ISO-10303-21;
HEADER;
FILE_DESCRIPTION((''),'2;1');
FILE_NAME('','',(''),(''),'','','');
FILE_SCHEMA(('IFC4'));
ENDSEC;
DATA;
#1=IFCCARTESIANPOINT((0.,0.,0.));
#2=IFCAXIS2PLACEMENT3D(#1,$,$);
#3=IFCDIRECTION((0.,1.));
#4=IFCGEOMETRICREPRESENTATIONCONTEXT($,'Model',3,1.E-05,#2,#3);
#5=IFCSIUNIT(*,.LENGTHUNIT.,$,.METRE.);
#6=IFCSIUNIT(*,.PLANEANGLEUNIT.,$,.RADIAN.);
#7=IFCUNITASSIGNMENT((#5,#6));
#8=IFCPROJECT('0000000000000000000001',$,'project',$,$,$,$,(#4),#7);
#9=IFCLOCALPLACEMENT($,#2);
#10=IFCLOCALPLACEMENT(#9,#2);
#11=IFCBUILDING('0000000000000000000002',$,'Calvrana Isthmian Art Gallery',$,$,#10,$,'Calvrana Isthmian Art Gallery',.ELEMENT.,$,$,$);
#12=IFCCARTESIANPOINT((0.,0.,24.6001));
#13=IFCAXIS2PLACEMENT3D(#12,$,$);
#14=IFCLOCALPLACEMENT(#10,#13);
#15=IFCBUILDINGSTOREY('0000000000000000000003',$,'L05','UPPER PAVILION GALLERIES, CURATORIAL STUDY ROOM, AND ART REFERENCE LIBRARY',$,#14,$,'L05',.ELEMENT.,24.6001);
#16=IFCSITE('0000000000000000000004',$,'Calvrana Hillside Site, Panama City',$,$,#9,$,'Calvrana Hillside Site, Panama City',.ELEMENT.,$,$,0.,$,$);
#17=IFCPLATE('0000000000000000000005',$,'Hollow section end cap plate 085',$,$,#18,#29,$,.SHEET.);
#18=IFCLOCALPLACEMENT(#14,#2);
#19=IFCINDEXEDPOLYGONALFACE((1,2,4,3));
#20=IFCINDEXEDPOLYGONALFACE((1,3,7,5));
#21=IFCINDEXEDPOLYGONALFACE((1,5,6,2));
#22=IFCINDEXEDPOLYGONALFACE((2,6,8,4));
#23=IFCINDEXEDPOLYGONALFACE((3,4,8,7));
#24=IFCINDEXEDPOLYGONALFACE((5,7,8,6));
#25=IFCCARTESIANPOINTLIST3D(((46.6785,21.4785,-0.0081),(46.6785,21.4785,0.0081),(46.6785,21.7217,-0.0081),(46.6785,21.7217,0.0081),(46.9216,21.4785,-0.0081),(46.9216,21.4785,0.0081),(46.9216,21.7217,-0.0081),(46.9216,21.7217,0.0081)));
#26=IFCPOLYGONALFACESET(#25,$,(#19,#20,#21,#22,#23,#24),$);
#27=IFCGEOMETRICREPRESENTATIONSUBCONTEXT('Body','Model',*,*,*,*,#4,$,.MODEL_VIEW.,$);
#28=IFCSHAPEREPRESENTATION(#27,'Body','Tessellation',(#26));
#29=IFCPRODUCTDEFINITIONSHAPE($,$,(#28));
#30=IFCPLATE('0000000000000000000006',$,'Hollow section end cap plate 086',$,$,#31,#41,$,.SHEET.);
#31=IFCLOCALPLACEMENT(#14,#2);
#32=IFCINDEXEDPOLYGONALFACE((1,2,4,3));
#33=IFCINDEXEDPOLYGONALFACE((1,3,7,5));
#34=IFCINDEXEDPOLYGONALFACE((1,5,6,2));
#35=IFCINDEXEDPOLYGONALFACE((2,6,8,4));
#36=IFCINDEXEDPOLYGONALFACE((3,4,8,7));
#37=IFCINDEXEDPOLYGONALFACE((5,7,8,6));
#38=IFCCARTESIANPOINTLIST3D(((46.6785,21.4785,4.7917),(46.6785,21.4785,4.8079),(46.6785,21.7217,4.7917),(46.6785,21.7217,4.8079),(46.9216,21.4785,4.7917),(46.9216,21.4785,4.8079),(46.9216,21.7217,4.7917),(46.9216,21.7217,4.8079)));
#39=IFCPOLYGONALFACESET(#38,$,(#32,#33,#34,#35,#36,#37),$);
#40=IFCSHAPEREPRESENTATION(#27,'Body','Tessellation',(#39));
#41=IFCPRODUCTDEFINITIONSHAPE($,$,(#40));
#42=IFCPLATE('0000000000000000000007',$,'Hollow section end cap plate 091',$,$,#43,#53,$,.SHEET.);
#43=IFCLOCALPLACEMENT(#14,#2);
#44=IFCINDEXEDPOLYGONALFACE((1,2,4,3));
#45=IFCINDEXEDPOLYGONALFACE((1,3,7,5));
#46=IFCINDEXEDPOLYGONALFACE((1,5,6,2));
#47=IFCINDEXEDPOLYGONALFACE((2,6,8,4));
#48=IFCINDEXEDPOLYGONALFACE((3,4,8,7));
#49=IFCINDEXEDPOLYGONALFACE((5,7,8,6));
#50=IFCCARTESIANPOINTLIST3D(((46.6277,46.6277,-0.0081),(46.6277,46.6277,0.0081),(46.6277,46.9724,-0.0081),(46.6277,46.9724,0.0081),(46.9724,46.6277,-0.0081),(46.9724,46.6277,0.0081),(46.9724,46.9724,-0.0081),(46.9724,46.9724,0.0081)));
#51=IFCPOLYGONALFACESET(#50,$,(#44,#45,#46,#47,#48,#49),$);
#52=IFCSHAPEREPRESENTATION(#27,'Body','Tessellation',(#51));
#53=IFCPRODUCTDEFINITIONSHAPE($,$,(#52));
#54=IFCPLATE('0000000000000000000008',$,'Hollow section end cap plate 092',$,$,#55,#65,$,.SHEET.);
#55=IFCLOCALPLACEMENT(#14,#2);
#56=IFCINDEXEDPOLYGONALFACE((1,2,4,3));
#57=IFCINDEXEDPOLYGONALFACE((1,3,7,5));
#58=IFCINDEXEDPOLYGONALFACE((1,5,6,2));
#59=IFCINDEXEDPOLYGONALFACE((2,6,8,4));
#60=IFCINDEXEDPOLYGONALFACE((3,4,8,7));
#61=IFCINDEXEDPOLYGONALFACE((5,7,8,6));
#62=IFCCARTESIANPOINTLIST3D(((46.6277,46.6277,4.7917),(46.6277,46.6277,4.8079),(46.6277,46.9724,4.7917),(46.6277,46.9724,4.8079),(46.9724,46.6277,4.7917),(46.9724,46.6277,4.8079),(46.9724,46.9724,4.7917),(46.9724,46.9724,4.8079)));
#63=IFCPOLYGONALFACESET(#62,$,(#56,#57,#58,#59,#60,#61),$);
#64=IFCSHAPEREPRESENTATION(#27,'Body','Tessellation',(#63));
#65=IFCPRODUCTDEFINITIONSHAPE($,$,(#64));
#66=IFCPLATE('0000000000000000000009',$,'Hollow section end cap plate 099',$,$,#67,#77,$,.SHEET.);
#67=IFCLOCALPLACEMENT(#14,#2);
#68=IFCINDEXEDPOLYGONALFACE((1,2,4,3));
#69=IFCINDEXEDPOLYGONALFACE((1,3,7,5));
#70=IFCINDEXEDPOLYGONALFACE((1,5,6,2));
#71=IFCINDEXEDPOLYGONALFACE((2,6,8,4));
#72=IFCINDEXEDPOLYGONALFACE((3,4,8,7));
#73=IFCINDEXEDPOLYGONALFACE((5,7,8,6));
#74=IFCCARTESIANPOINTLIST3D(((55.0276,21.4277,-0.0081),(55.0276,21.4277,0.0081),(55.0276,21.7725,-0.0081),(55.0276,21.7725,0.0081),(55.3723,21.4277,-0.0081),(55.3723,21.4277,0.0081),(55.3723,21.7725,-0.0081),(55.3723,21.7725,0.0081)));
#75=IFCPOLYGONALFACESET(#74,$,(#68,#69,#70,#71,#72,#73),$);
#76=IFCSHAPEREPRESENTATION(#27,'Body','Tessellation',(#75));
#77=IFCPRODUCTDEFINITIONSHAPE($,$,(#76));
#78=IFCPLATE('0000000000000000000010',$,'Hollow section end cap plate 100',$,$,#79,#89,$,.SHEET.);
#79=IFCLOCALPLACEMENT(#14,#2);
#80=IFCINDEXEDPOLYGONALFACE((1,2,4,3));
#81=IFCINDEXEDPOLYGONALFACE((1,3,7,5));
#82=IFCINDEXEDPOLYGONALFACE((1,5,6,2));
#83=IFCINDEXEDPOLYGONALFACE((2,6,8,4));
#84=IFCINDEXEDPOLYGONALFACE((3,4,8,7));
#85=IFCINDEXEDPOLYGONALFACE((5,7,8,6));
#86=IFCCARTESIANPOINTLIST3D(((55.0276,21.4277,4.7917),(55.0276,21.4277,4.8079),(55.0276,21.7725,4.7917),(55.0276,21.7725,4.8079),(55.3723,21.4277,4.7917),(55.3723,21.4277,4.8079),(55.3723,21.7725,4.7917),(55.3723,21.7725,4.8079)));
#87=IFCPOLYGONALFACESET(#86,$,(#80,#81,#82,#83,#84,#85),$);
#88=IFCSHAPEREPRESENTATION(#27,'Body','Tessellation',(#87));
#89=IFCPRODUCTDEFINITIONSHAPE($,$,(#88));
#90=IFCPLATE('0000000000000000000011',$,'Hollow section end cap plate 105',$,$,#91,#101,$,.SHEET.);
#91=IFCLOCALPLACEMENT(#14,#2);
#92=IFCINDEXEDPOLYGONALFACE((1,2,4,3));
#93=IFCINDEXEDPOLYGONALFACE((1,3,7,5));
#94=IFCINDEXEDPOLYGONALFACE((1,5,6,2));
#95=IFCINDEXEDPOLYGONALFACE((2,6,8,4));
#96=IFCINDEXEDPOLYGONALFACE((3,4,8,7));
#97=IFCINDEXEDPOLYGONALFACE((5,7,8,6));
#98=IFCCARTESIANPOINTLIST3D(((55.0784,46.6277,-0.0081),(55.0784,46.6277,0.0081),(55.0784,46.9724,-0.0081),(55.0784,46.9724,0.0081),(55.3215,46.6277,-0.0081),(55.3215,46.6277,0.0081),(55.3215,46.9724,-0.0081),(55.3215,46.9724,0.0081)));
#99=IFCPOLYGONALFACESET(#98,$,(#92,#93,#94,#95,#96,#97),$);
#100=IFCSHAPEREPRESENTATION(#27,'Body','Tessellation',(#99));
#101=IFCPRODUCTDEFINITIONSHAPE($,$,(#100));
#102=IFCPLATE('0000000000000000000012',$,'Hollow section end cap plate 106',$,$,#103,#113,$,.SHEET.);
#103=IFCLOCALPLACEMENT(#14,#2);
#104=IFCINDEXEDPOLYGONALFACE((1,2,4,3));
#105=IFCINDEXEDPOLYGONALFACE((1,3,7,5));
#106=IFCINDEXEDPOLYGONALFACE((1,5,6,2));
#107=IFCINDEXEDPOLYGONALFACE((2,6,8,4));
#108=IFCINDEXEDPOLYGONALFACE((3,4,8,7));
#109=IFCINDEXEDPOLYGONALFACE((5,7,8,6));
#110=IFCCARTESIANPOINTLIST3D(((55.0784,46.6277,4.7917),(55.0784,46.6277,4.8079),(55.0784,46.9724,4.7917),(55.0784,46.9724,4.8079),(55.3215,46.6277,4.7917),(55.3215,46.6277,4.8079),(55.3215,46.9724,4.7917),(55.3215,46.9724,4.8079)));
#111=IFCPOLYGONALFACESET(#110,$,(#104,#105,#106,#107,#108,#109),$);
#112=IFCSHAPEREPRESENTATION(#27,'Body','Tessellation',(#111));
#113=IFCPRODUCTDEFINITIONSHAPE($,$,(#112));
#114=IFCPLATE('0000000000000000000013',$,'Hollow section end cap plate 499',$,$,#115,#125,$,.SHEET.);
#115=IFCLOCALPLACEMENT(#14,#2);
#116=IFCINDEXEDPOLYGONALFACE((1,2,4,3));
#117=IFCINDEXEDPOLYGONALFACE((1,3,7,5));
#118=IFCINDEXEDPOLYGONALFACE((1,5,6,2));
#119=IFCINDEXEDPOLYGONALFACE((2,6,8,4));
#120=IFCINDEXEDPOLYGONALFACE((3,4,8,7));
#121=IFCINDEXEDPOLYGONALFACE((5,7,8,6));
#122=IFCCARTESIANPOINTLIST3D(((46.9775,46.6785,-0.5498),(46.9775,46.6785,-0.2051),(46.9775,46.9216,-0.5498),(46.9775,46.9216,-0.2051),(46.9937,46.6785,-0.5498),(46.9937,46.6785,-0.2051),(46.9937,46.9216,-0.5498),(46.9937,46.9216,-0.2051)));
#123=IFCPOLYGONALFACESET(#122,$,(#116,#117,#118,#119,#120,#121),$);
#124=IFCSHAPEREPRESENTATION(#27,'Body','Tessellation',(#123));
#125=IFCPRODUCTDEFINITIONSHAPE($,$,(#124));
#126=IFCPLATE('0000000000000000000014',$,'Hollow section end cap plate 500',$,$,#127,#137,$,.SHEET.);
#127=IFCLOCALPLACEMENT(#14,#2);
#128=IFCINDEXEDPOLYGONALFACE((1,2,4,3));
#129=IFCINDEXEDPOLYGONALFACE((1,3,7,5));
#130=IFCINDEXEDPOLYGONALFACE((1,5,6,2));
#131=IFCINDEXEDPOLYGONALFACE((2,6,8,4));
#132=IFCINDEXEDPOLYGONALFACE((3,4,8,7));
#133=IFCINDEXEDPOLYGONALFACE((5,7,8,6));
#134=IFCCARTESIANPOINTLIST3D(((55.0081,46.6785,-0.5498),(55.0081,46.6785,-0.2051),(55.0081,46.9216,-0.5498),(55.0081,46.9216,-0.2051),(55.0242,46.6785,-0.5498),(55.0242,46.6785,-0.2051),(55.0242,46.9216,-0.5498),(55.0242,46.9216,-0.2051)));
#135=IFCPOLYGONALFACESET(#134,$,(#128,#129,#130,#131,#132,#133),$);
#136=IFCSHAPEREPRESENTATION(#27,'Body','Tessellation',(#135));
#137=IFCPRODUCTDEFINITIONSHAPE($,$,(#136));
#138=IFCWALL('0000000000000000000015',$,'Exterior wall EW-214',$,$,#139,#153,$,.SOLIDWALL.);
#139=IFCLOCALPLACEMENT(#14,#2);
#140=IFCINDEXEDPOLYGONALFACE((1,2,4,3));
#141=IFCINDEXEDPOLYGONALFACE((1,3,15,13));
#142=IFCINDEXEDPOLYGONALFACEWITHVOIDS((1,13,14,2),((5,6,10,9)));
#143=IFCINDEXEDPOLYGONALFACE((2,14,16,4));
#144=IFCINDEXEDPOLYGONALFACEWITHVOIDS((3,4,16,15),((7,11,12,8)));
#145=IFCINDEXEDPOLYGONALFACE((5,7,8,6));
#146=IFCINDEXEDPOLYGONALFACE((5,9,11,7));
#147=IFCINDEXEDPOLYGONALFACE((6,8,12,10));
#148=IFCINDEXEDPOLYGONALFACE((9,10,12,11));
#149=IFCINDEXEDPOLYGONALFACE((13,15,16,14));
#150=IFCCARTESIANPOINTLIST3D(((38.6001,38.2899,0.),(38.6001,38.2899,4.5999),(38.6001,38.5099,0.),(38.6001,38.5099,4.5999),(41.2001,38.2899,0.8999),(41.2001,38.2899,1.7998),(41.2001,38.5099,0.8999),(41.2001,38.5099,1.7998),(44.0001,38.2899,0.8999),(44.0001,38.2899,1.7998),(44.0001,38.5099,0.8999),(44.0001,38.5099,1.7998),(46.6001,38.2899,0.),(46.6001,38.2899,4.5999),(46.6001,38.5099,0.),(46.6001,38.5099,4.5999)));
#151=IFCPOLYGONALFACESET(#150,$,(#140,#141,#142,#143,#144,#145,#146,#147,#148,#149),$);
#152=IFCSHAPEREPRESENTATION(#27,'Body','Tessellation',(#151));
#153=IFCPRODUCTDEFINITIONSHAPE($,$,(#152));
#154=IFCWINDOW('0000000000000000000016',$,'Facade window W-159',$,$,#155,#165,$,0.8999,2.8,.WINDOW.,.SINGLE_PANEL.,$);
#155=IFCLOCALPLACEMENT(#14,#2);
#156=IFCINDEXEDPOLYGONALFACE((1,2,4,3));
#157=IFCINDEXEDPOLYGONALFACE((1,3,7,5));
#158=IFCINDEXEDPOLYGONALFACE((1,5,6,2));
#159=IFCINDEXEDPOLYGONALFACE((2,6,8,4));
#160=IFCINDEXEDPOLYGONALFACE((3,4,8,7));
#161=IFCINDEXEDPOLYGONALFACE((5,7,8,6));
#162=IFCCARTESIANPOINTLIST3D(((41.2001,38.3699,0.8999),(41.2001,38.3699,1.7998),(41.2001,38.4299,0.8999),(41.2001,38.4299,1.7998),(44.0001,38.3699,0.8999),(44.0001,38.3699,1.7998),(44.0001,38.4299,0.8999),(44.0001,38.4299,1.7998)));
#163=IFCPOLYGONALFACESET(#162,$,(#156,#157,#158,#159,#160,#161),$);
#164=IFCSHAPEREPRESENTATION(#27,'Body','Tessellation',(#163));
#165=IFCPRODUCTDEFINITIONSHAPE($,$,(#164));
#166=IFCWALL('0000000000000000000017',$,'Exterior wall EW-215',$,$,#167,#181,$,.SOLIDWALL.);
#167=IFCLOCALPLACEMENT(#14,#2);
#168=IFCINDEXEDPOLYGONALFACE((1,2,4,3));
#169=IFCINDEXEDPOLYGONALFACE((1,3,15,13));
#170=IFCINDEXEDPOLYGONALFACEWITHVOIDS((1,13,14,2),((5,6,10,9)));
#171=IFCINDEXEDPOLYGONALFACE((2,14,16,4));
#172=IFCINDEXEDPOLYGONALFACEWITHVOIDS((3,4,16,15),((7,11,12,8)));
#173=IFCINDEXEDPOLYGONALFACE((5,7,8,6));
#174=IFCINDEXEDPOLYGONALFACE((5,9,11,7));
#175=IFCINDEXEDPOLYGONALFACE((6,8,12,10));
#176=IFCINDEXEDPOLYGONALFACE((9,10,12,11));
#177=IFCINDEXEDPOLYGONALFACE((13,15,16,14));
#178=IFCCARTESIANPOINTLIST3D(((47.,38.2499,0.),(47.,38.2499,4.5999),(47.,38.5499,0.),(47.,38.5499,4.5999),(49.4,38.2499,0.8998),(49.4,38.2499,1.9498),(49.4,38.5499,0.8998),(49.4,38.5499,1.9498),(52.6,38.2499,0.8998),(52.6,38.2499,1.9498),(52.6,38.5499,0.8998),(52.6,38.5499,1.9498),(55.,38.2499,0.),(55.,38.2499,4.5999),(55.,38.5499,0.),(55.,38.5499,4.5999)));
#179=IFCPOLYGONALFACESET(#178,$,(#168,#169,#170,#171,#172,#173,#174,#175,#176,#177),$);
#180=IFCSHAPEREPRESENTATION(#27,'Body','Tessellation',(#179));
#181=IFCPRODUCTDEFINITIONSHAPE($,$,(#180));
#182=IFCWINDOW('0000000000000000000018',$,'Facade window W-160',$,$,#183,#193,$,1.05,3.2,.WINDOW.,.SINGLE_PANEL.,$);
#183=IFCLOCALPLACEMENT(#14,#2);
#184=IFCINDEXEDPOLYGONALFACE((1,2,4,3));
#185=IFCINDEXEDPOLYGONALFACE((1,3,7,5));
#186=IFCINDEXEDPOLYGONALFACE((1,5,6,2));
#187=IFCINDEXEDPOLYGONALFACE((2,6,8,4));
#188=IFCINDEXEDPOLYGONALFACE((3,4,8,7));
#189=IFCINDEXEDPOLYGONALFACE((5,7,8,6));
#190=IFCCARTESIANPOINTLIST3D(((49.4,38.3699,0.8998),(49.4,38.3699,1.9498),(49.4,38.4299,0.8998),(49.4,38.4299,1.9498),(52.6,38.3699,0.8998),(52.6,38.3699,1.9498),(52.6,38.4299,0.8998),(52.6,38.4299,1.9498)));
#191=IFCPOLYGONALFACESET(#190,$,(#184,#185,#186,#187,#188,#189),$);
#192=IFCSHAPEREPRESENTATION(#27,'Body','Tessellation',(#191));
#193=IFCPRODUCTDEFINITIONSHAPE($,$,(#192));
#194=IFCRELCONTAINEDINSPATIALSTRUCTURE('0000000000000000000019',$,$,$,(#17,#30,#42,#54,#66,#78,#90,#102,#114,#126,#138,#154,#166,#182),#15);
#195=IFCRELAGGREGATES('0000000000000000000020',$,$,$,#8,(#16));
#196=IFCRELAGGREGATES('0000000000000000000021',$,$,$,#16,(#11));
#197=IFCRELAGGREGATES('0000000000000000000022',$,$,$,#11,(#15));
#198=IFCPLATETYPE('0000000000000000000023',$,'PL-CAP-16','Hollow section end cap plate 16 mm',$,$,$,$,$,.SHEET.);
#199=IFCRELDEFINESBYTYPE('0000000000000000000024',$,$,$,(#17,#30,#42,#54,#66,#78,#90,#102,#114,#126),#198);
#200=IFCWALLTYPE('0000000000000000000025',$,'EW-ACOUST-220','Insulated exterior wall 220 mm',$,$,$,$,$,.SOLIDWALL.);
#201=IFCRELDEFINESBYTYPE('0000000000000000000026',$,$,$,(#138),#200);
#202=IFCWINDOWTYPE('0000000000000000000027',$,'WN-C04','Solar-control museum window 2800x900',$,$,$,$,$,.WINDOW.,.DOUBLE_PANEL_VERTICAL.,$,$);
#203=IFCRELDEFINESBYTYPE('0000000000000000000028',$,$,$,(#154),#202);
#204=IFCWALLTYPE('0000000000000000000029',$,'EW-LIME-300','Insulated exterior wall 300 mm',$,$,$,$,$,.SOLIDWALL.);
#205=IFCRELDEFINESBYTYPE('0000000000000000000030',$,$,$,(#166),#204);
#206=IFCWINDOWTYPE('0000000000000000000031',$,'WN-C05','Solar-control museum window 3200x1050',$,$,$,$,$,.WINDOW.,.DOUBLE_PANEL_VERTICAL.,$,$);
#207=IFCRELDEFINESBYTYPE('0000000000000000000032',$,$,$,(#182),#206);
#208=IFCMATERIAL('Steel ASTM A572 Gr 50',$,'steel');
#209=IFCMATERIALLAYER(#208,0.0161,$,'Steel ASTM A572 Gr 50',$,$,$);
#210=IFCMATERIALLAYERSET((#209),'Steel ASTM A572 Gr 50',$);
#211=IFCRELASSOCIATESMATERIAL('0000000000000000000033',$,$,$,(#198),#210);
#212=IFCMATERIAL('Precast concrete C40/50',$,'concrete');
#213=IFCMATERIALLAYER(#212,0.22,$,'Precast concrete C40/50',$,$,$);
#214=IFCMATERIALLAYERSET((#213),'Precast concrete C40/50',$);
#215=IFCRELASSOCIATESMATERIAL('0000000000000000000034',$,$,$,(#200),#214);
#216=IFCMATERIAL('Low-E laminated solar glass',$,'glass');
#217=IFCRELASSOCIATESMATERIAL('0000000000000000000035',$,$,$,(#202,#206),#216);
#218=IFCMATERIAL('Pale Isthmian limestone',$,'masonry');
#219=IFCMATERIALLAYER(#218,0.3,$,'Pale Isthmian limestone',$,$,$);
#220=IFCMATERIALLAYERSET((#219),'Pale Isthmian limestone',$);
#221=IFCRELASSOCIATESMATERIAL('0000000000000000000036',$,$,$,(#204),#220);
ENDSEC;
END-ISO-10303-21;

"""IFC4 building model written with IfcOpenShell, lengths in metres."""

from ifc_helpers import new_model, si_unit, direction, frame, frame_2d, origin, origin_2d, place, context, subcontext, project, spatial, rectangle, extrude, material, layer, layer_set, type_object, element, fill, save


model = new_model("IFC4")

# Units and contexts
model_context = context("Model", 3, precision=1e-05, world=origin(), true_north=direction((0.0, 1.0)))
body_context = subcontext(model_context, "Body", "Model", "MODEL_VIEW")
ifc_project = project(units=[si_unit("LENGTHUNIT", "METRE"), si_unit("PLANEANGLEUNIT", "RADIAN")], contexts=[model_context])

# Site, building, storey
site_placement = place(None, origin())
site = spatial("IfcSite", under=ifc_project, at=site_placement, Name="Calvrana Hillside Site, Panama City", LongName="Calvrana Hillside Site, Panama City", CompositionType="ELEMENT", RefElevation=0.0)
building_placement = place(site_placement, origin())
building = spatial("IfcBuilding", under=site, at=building_placement, Name="Calvrana Isthmian Art Gallery", LongName="Calvrana Isthmian Art Gallery", CompositionType="ELEMENT")
storey_placement = place(building_placement, frame((0.0, 0.0, 24.6001)))
storey = spatial("IfcBuildingStorey", under=building, at=storey_placement, Name="L05", Description="UPPER PAVILION GALLERIES, CURATORIAL STUDY ROOM, AND ART REFERENCE LIBRARY", LongName="L05", CompositionType="ELEMENT", Elevation=24.6001)

# Plates
ifc_material_1 = material(Name="Steel ASTM A572 Gr 50", Category="steel")
ifc_layer_1 = layer(ifc_material_1, 0.0161, Name="Steel ASTM A572 Gr 50")
ifc_layer_set_1 = layer_set([ifc_layer_1], Name="Steel ASTM A572 Gr 50")
plate_type = type_object("IfcPlateType", Name="PL-CAP-16", Description="Hollow section end cap plate 16 mm", PredefinedType="SHEET", material=ifc_layer_set_1)
for number, where, z_axis, x_axis, name in (
    (1, (46.8, 21.6001, -0.0081), (0.0, 0.0, 1.0), (1.0, 0.0, 0.0), "Hollow section end cap plate 085"),
    (2, (46.8, 21.6001, 4.7917), (0.0, 0.0, 1.0), (1.0, 0.0, 0.0), "Hollow section end cap plate 086"),
):
    element("IfcPlate", number, at=place(storey_placement, frame(where, z_axis=z_axis, x_axis=x_axis)), inside=storey, type_object=plate_type, Name=name, PredefinedType="SHEET", context=body_context, shape_type="SweptSolid", body=[
        extrude(rectangle(XDim=0.2432, YDim=0.2432, at=origin_2d()), origin(), (0.0, 0.0, 1.0), 0.0161),
    ])
for number, where, z_axis, x_axis, name in (
    (3, (46.8, 46.8, -0.0081), (0.0, 0.0, 1.0), (1.0, 0.0, 0.0), "Hollow section end cap plate 091"),
    (4, (46.8, 46.8, 4.7917), (0.0, 0.0, 1.0), (1.0, 0.0, 0.0), "Hollow section end cap plate 092"),
    (5, (55.2, 21.6001, -0.0081), (0.0, 0.0, 1.0), (1.0, 0.0, 0.0), "Hollow section end cap plate 099"),
    (6, (55.2, 21.6001, 4.7917), (0.0, 0.0, 1.0), (1.0, 0.0, 0.0), "Hollow section end cap plate 100"),
):
    element("IfcPlate", number, at=place(storey_placement, frame(where, z_axis=z_axis, x_axis=x_axis)), inside=storey, type_object=plate_type, Name=name, PredefinedType="SHEET", context=body_context, shape_type="SweptSolid", body=[
        extrude(rectangle(XDim=0.3447, YDim=0.3447, at=origin_2d()), origin(), (0.0, 0.0, 1.0), 0.0161),
    ])
for number, where, z_axis, x_axis, name in (
    (7, (55.2, 46.8, -0.0081), (0.0, 0.0, 1.0), (1.0, 0.0, 0.0), "Hollow section end cap plate 105"),
    (8, (55.2, 46.8, 4.7917), (0.0, 0.0, 1.0), (1.0, 0.0, 0.0), "Hollow section end cap plate 106"),
):
    element("IfcPlate", number, at=place(storey_placement, frame(where, z_axis=z_axis, x_axis=x_axis)), inside=storey, type_object=plate_type, Name=name, PredefinedType="SHEET", context=body_context, shape_type="SweptSolid", body=[
        extrude(rectangle(XDim=0.2432, YDim=0.3447, at=origin_2d()), origin(), (0.0, 0.0, 1.0), 0.0161),
    ])
for number, where, z_axis, x_axis, name in (
    (9, (46.9856, 46.8, -0.5498), (0.0, 0.0, 1.0), (1.0, 0.0, 0.0), "Hollow section end cap plate 499"),
    (10, (55.0161, 46.8, -0.5498), (0.0, 0.0, 1.0), (1.0, 0.0, 0.0), "Hollow section end cap plate 500"),
):
    element("IfcPlate", number, at=place(storey_placement, frame(where, z_axis=z_axis, x_axis=x_axis)), inside=storey, type_object=plate_type, Name=name, PredefinedType="SHEET", context=body_context, shape_type="SweptSolid", body=[
        extrude(rectangle(XDim=0.0161, YDim=0.2432, at=origin_2d()), origin(), (0.0, 0.0, 1.0), 0.3447),
    ])

# Walls, openings, windows
ifc_material_2 = material(Name="Precast concrete C40/50", Category="concrete")
ifc_layer_2 = layer(ifc_material_2, 0.22, Name="Precast concrete C40/50")
ifc_layer_set_2 = layer_set([ifc_layer_2], Name="Precast concrete C40/50")
wall_type_1 = type_object("IfcWallType", Name="EW-ACOUST-220", Description="Insulated exterior wall 220 mm", PredefinedType="SOLIDWALL", material=ifc_layer_set_2)
wall_1_placement = place(storey_placement, frame((46.6001, 38.3999, 0.0), z_axis=(0.0, 0.0, 1.0), x_axis=(-1.0, 0.0, 0.0)))
wall_1 = element("IfcWall", 11, at=wall_1_placement, inside=storey, type_object=wall_type_1, Name="Exterior wall EW-214", PredefinedType="SOLIDWALL", context=body_context, shape_type="SweptSolid", body=[
    extrude(rectangle(XDim=8.0, YDim=0.22, at=frame_2d((4.0, 0.0))), origin(), (0.0, 0.0, 1.0), 4.5999),
])
opening_1_placement = place(wall_1_placement, frame((2.6001, 0.0, 0.8999)))
opening_1 = element("IfcOpeningElement", 12, at=opening_1_placement, cuts=wall_1, PredefinedType="OPENING", context=body_context, shape_type="SweptSolid", body=[
    extrude(rectangle(XDim=2.8, YDim=0.8999, at=frame_2d((1.3999, 0.45))), frame((0.0, 0.1201, 0.0), z_axis=(0.0, -1.0, 0.0), x_axis=(1.0, 0.0, 0.0)), (0.0, 0.0, 1.0), 0.2405),
])
ifc_material_3 = material(Name="Low-E laminated solar glass", Category="glass")
window_type_1 = type_object("IfcWindowType", Name="WN-C04", Description="Solar-control museum window 2800x900", PartitioningType="DOUBLE_PANEL_VERTICAL", PredefinedType="WINDOW", material=ifc_material_3)
window_1_placement = place(opening_1_placement, origin())
window_1 = element("IfcWindow", 13, at=window_1_placement, inside=storey, type_object=window_type_1, Name="Facade window W-159", OverallHeight=0.8999, OverallWidth=2.8, PartitioningType="SINGLE_PANEL", PredefinedType="WINDOW", context=body_context, shape_type="SweptSolid", body=[
    extrude(rectangle(XDim=2.8, YDim=0.8999, at=frame_2d((1.3999, 0.45))), frame((0.0, 0.03, 0.0), z_axis=(0.0, -1.0, 0.0), x_axis=(1.0, 0.0, 0.0)), (0.0, 0.0, 1.0), 0.0601),
])
fill(opening_1, window_1)
ifc_material_4 = material(Name="Pale Isthmian limestone", Category="masonry")
ifc_layer_3 = layer(ifc_material_4, 0.3, Name="Pale Isthmian limestone")
ifc_layer_set_3 = layer_set([ifc_layer_3], Name="Pale Isthmian limestone")
wall_type_2 = type_object("IfcWallType", Name="EW-LIME-300", Description="Insulated exterior wall 300 mm", PredefinedType="SOLIDWALL", material=ifc_layer_set_3)
wall_2_placement = place(storey_placement, frame((55.0, 38.3999, 0.0), z_axis=(0.0, 0.0, 1.0), x_axis=(-1.0, 0.0, 0.0)))
wall_2 = element("IfcWall", 14, at=wall_2_placement, inside=storey, type_object=wall_type_2, Name="Exterior wall EW-215", PredefinedType="SOLIDWALL", context=body_context, shape_type="SweptSolid", body=[
    extrude(rectangle(XDim=8.0, YDim=0.3, at=frame_2d((4.0, 0.0))), origin(), (0.0, 0.0, 1.0), 4.5999),
])
opening_2_placement = place(wall_2_placement, frame((2.3999, 0.0, 0.8999)))
opening_2 = element("IfcOpeningElement", 15, at=opening_2_placement, cuts=wall_2, PredefinedType="OPENING", context=body_context, shape_type="SweptSolid", body=[
    extrude(rectangle(XDim=3.2, YDim=1.05, at=frame_2d((1.6001, 0.5249))), frame((0.0, 0.1602, 0.0), z_axis=(0.0, -1.0, 0.0), x_axis=(1.0, 0.0, 0.0)), (0.0, 0.0, 1.0), 0.3206),
])
window_type_2 = type_object("IfcWindowType", Name="WN-C05", Description="Solar-control museum window 3200x1050", PartitioningType="DOUBLE_PANEL_VERTICAL", PredefinedType="WINDOW", material=ifc_material_3)
window_2_placement = place(opening_2_placement, origin())
window_2 = element("IfcWindow", 16, at=window_2_placement, inside=storey, type_object=window_type_2, Name="Facade window W-160", OverallHeight=1.05, OverallWidth=3.2, PartitioningType="SINGLE_PANEL", PredefinedType="WINDOW", context=body_context, shape_type="SweptSolid", body=[
    extrude(rectangle(XDim=3.2, YDim=1.05, at=frame_2d((1.6001, 0.5249))), frame((0.0, 0.03, 0.0), z_axis=(0.0, -1.0, 0.0), x_axis=(1.0, 0.0, 0.0)), (0.0, 0.0, 1.0), 0.0601),
])
fill(opening_2, window_2)

save(model, "model.ifc")
